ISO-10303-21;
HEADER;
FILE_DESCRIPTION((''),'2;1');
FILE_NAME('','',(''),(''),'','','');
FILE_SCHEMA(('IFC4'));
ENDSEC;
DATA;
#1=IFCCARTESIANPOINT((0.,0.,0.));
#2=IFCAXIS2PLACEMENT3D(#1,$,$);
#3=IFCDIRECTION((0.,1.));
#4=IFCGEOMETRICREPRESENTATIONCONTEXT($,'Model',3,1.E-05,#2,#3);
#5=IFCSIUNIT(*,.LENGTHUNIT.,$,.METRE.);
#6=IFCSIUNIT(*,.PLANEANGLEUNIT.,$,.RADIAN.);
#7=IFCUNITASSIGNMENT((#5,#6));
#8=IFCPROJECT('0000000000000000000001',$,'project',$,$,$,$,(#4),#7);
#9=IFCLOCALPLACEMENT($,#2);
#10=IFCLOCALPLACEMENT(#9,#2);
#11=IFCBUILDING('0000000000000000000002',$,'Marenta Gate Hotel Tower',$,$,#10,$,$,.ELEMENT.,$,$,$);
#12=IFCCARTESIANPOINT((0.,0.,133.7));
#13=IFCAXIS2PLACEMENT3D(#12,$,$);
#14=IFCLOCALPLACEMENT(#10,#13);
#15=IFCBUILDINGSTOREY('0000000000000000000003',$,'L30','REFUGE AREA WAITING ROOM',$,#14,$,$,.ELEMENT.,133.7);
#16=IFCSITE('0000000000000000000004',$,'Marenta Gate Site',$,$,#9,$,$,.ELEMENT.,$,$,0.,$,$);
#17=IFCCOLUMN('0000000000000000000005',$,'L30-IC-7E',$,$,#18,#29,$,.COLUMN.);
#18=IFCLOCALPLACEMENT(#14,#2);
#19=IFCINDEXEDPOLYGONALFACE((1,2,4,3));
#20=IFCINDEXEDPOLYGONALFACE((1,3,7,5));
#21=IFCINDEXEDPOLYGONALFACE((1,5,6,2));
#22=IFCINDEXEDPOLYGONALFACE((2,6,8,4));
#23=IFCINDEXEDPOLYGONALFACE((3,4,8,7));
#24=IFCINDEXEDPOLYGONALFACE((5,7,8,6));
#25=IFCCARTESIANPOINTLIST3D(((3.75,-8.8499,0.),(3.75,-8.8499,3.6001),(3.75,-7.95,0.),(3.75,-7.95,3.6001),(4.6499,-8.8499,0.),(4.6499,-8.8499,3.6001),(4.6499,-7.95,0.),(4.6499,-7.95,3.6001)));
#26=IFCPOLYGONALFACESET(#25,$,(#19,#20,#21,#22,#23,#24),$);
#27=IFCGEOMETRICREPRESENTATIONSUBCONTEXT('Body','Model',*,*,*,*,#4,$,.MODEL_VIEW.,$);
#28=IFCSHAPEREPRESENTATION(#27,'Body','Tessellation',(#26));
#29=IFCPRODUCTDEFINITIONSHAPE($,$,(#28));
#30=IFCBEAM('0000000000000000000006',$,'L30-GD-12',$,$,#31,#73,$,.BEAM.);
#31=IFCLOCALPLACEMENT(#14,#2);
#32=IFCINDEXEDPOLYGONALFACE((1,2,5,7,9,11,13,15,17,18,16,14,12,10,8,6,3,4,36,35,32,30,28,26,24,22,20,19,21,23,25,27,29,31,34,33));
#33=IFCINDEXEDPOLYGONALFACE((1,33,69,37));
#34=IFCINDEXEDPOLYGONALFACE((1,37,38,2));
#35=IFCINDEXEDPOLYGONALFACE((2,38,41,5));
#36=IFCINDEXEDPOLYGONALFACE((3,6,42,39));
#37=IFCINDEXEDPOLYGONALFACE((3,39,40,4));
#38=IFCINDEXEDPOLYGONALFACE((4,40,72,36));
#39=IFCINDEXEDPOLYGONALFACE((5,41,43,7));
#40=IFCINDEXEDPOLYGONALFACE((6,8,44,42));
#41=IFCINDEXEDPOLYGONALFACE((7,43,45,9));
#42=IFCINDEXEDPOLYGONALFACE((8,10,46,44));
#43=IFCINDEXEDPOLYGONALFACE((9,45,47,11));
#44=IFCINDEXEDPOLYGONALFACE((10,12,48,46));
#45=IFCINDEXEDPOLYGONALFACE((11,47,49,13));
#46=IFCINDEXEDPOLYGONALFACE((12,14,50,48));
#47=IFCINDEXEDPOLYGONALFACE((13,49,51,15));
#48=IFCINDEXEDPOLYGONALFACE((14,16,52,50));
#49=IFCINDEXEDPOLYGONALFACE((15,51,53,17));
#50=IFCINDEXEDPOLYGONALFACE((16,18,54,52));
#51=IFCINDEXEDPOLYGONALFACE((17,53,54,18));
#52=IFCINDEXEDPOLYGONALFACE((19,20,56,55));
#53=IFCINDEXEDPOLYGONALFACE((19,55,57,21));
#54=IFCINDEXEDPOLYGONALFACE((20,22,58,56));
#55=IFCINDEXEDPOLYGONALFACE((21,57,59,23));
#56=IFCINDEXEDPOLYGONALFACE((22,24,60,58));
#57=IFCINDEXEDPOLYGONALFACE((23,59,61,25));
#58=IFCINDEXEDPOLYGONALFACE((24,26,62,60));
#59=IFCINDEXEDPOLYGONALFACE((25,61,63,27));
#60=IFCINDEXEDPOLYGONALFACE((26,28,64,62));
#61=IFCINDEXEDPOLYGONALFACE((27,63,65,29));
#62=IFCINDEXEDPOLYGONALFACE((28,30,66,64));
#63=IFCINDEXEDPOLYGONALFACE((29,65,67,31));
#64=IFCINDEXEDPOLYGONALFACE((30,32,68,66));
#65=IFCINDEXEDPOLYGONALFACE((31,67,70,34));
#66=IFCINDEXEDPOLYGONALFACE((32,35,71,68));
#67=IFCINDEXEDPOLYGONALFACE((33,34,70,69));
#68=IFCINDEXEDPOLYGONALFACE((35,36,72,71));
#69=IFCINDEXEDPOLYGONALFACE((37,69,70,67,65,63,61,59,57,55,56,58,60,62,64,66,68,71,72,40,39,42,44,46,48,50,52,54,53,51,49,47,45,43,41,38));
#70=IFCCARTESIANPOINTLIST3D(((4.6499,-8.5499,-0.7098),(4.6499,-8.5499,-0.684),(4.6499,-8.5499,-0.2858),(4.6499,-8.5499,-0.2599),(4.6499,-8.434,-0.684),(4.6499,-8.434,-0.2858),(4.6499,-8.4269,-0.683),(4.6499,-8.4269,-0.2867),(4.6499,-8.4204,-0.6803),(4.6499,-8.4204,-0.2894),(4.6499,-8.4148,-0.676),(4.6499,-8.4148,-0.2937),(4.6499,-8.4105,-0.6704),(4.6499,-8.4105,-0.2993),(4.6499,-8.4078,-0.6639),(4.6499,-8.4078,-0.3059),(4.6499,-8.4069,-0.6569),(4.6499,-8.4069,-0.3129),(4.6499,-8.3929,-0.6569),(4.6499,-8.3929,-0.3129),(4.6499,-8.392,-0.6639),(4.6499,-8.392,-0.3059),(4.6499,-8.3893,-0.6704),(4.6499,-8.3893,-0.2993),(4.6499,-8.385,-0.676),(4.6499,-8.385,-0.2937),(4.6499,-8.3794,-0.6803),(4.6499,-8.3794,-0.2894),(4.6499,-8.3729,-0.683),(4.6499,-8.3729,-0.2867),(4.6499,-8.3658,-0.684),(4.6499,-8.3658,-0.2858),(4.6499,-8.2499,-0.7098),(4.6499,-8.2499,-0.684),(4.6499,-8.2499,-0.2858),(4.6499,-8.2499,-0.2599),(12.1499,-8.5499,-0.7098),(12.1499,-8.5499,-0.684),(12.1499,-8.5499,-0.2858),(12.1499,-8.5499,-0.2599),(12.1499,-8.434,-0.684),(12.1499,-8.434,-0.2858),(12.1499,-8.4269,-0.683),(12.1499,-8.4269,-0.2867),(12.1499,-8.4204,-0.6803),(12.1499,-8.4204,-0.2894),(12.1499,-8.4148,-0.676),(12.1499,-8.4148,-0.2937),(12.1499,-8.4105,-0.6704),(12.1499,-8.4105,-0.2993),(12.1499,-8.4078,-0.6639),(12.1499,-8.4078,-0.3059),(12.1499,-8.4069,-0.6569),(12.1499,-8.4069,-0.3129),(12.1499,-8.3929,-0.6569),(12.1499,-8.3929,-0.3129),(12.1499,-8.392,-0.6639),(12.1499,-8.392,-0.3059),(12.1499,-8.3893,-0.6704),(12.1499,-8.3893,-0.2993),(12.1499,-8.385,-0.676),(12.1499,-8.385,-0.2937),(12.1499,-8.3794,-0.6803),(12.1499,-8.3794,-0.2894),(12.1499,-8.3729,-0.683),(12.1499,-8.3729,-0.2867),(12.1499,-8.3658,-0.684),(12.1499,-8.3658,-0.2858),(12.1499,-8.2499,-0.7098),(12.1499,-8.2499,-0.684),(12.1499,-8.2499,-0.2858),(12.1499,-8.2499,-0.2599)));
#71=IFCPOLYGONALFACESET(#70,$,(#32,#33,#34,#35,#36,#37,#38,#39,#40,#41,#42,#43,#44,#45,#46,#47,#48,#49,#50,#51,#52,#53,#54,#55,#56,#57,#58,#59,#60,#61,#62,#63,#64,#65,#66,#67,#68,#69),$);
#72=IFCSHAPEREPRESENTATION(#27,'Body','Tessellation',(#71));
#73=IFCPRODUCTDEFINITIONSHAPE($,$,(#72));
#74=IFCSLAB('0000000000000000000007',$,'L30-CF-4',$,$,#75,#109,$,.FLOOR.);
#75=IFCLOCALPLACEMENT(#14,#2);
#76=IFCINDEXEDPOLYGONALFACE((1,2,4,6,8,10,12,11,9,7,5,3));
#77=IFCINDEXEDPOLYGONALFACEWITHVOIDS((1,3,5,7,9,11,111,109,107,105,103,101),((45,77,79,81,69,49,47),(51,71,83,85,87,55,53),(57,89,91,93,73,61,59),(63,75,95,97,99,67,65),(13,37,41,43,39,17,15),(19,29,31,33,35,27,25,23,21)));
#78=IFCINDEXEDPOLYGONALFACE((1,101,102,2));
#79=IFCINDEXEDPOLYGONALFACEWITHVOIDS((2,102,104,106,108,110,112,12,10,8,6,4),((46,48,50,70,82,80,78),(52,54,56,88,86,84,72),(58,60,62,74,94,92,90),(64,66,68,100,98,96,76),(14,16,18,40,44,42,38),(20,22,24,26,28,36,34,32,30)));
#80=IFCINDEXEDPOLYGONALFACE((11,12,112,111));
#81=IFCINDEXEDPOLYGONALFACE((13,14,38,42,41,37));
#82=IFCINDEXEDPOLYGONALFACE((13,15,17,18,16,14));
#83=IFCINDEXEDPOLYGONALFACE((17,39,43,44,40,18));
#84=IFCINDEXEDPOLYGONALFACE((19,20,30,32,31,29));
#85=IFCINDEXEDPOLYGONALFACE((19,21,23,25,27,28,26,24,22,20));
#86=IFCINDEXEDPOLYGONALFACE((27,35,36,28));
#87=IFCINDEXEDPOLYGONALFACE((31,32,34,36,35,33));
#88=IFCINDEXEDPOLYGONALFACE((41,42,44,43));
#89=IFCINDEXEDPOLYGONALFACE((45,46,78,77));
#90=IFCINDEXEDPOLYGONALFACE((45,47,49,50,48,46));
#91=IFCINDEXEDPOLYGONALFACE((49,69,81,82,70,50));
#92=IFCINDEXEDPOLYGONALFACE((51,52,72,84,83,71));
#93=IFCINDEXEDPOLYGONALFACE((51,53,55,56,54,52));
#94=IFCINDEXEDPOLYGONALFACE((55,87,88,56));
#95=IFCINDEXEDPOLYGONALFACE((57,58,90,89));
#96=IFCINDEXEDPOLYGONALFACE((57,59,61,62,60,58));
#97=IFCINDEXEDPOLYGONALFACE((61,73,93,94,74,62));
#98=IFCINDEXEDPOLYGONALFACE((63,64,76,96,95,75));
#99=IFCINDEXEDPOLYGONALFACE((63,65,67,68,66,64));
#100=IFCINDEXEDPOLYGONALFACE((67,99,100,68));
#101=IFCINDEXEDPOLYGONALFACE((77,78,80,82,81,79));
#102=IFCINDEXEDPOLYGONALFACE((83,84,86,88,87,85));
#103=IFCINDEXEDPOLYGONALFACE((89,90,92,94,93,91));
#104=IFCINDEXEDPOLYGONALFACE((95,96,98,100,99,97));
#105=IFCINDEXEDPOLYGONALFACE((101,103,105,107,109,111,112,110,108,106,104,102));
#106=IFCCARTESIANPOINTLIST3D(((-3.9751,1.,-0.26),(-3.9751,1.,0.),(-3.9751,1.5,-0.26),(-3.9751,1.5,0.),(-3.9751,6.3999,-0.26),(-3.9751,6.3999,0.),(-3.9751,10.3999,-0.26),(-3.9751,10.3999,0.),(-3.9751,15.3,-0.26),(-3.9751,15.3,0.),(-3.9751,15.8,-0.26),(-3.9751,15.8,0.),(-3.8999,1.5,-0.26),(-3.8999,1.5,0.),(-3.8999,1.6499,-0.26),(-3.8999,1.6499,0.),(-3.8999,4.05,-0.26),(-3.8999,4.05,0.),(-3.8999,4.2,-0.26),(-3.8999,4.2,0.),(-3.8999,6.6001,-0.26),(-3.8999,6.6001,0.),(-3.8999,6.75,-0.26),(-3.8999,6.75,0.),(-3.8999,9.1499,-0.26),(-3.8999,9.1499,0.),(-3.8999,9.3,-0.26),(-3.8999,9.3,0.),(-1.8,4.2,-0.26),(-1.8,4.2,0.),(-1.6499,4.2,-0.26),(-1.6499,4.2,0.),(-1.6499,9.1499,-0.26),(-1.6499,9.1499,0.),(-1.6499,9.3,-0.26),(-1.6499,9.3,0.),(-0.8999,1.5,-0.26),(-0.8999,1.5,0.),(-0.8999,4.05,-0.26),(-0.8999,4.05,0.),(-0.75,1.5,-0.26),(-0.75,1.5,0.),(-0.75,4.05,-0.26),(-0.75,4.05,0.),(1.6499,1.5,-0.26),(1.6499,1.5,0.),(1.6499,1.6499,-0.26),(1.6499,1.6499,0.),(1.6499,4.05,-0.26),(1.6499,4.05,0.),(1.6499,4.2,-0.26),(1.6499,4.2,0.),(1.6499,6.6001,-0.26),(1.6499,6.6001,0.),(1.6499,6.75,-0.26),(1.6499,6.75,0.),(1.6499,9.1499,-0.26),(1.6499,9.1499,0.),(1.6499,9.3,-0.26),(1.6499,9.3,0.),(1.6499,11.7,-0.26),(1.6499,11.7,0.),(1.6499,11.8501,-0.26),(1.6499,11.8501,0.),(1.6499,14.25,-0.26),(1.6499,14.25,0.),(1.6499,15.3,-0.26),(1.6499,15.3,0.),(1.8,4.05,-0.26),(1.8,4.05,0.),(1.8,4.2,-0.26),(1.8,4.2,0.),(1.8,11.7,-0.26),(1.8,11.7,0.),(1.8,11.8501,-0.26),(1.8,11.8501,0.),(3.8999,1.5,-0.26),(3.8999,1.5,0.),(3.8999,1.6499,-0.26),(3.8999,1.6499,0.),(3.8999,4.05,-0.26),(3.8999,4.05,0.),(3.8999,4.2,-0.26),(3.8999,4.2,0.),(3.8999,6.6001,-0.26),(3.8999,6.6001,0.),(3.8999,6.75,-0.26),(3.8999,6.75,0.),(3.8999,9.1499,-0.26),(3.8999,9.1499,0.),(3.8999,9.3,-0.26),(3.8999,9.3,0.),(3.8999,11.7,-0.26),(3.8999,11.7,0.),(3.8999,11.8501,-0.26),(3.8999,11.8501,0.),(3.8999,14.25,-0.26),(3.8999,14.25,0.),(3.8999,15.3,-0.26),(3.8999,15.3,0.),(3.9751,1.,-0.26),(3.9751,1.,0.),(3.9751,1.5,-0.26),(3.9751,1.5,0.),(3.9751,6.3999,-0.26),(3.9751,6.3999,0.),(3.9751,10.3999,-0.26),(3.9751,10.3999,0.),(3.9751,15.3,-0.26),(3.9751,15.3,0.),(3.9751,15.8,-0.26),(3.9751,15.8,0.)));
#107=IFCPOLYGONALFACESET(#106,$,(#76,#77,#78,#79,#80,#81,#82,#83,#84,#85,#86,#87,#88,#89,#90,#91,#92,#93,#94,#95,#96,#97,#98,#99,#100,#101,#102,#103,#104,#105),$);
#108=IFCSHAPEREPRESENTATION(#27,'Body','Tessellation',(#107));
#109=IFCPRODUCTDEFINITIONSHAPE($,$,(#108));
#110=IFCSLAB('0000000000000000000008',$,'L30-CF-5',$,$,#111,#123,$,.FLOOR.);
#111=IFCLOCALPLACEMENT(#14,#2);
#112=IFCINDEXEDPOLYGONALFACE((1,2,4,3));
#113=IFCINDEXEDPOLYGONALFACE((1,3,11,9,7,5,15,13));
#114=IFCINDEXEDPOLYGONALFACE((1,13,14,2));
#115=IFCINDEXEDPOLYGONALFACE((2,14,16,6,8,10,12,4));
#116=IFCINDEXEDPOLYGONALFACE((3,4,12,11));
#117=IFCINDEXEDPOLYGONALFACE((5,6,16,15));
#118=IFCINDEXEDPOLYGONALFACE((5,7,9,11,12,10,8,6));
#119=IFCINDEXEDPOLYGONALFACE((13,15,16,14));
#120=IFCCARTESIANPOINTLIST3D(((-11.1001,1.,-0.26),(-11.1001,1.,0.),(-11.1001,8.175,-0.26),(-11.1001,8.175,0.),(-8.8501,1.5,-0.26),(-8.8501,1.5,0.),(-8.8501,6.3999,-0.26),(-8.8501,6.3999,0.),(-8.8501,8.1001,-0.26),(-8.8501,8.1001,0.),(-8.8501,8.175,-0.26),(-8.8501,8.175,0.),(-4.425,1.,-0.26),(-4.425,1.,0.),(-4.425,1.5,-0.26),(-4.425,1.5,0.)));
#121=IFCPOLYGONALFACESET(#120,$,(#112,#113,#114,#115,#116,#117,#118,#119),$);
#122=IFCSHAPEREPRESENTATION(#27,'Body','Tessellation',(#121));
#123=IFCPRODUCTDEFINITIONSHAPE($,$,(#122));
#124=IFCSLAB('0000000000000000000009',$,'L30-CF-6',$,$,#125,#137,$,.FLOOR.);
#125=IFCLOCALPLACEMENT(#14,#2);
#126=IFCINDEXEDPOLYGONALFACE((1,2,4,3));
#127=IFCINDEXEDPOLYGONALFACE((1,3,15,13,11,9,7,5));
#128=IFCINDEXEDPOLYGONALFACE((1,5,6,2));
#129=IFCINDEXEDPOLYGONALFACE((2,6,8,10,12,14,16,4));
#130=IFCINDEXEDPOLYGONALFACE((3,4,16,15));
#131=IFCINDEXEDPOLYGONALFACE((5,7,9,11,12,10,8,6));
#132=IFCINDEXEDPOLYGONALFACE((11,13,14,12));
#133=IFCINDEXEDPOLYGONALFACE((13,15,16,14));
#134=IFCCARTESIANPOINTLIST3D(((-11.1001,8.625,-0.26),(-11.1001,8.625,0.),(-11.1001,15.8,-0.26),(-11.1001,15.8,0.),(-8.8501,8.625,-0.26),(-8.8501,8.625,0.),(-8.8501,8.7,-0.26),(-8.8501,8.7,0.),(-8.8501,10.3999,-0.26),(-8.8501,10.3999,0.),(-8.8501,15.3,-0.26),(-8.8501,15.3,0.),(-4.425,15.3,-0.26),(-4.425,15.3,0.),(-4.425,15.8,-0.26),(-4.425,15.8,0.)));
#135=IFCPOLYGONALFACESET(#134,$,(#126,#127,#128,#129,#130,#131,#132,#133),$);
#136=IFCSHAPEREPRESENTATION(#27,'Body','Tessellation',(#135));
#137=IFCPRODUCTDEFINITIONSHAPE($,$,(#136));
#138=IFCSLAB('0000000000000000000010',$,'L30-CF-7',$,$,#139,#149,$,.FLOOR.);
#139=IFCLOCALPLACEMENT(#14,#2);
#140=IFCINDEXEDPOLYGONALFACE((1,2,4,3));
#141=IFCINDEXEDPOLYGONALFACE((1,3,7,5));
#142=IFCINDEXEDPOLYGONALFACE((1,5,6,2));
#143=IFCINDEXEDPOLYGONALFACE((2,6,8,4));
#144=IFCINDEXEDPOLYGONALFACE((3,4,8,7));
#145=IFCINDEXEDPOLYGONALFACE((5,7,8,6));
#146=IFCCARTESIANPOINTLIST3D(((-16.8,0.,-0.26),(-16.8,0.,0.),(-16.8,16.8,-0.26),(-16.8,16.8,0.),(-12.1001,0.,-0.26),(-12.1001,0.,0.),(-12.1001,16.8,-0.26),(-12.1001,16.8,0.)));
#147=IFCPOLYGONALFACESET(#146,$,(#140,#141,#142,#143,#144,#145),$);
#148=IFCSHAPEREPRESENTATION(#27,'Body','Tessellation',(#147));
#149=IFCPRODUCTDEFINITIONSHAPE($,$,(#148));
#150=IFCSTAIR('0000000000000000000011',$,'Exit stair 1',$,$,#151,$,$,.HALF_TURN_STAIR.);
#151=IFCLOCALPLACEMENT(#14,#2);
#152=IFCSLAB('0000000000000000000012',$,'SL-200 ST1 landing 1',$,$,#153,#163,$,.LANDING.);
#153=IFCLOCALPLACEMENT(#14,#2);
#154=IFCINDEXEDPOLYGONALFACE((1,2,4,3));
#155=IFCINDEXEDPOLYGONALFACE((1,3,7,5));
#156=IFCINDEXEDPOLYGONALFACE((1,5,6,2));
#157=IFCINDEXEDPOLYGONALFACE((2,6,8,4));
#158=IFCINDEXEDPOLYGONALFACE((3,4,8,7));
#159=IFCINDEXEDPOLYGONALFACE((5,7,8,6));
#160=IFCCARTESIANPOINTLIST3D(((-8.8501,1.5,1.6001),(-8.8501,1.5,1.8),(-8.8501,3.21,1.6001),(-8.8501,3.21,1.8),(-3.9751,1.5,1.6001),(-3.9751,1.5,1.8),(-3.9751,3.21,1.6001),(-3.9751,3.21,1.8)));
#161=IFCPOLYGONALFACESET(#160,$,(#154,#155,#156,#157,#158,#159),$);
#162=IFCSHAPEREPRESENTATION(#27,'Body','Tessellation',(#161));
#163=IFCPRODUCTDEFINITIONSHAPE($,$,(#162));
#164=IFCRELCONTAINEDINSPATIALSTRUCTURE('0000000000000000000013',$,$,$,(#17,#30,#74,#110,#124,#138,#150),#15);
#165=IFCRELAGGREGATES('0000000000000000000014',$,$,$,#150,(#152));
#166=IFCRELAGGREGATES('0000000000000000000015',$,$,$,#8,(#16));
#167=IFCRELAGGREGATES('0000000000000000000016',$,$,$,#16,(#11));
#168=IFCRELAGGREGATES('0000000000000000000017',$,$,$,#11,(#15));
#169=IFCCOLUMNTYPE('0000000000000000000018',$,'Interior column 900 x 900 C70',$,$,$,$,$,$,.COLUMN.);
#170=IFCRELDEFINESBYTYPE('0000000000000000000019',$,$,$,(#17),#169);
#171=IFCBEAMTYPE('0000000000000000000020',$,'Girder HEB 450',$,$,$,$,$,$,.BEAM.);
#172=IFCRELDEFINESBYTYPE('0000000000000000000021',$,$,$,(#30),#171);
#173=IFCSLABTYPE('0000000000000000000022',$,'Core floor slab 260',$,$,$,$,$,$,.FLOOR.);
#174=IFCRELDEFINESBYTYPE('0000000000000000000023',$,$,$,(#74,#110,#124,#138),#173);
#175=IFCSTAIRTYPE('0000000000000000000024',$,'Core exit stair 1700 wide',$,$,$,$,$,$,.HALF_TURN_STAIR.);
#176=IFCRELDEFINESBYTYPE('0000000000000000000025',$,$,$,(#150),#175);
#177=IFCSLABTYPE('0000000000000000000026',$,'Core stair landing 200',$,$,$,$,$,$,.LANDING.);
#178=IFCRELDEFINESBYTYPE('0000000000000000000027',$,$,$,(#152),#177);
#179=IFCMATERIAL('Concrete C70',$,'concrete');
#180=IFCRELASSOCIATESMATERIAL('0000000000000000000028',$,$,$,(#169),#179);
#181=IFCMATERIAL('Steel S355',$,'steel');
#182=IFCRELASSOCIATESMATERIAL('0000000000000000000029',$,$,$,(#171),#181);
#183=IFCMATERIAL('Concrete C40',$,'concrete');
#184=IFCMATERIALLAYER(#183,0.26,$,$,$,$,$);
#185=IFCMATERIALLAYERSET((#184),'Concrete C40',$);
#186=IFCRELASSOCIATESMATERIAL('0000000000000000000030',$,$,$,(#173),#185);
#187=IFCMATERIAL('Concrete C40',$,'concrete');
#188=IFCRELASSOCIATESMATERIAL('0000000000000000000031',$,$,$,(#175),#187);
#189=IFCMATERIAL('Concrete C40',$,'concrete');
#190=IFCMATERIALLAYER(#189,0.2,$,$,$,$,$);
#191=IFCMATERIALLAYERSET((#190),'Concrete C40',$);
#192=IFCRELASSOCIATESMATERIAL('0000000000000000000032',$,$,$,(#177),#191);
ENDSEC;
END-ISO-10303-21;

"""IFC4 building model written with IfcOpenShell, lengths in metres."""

from ifc_helpers import new_model, si_unit, direction, frame, origin, origin_2d, place, context, subcontext, project, spatial, polyline, rectangle, i_section, outline, extrude, material, layer, layer_set, material_profile, profile_set, type_object, element, aggregate, save


model = new_model("IFC4")

# Units and contexts
model_context = context("Model", 3, precision=1e-05, world=origin(), true_north=direction((0.0, 1.0)))
body_context = subcontext(model_context, "Body", "Model", "MODEL_VIEW")
ifc_project = project(units=[si_unit("LENGTHUNIT", "METRE"), si_unit("PLANEANGLEUNIT", "RADIAN")], contexts=[model_context])

# Site, building, storey
site_placement = place(None, origin())
site = spatial("IfcSite", under=ifc_project, at=site_placement, Name="Marenta Gate Site", CompositionType="ELEMENT", RefElevation=0.0)
building_placement = place(site_placement, origin())
building = spatial("IfcBuilding", under=site, at=building_placement, Name="Marenta Gate Hotel Tower", CompositionType="ELEMENT")
storey_placement = place(building_placement, frame((0.0, 0.0, 133.7)))
storey = spatial("IfcBuildingStorey", under=building, at=storey_placement, Name="L30", Description="REFUGE AREA WAITING ROOM", CompositionType="ELEMENT", Elevation=133.7)

# Column
ifc_material_1 = material(Name="Concrete C70", Category="concrete")
ifc_material_profile_1 = material_profile(ifc_material_1, rectangle(XDim=0.8999, YDim=0.8999, at=origin_2d()), Name="900 x 900")
ifc_profile_set_1 = profile_set([ifc_material_profile_1], Name="Concrete C70")
column_type = type_object("IfcColumnType", Name="Interior column 900 x 900 C70", PredefinedType="COLUMN", material=ifc_profile_set_1)
column_placement = place(storey_placement, frame((4.2, -8.3999, 0.0), z_axis=(0.0, 0.0, 1.0), x_axis=(1.0, 0.0, 0.0)))
element("IfcColumn", 1, at=column_placement, inside=storey, type_object=column_type, Name="L30-IC-7E", PredefinedType="COLUMN", context=body_context, shape_type="SweptSolid", body=[
    extrude(rectangle(XDim=0.8999, YDim=0.8999, at=origin_2d()), origin(), (0.0, 0.0, 1.0), 3.6001),
])

# Beam
ifc_material_2 = material(Name="Steel S355", Category="steel")
ifc_material_profile_2 = material_profile(ifc_material_2, i_section(OverallWidth=0.3, OverallDepth=0.45, WebThickness=0.0139, FlangeThickness=0.0259, FilletRadius=0.0271, at=origin_2d()), Name="HEB 450")
ifc_profile_set_2 = profile_set([ifc_material_profile_2], Name="Steel S355")
beam_type = type_object("IfcBeamType", Name="Girder HEB 450", PredefinedType="BEAM", material=ifc_profile_set_2)
beam_placement = place(storey_placement, frame((4.6499, -8.3999, -0.4849), z_axis=(1.0, 0.0, 0.0), x_axis=(0.0, 1.0, 0.0)))
element("IfcBeam", 2, at=beam_placement, inside=storey, type_object=beam_type, Name="L30-GD-12", PredefinedType="BEAM", context=body_context, shape_type="SweptSolid", body=[
    extrude(i_section(OverallWidth=0.3, OverallDepth=0.45, WebThickness=0.0139, FlangeThickness=0.0259, FilletRadius=0.0271, at=origin_2d()), origin(), (0.0, 0.0, 1.0), 7.5),
])

# Slabs
ifc_material_3 = material(Name="Concrete C40", Category="concrete")
ifc_layer_1 = layer(ifc_material_3, 0.26)
ifc_layer_set_1 = layer_set([ifc_layer_1], Name="Concrete C40")
slab_type_1 = type_object("IfcSlabType", Name="Core floor slab 260", PredefinedType="FLOOR", material=ifc_layer_set_1)
slab_1_placement = place(storey_placement, frame((0.0, 0.0, -0.26)))
element("IfcSlab", 3, at=slab_1_placement, inside=storey, type_object=slab_type_1, Name="L30-CF-4", PredefinedType="FLOOR", context=body_context, shape_type="SweptSolid", body=[
    extrude(outline(polyline([(3.9751, 15.3), (3.9751, 10.3999), (3.9751, 6.3999), (3.9751, 1.5), (3.9751, 1.0), (-3.9751, 1.0), (-3.9751, 1.5), (-3.9751, 6.3999), (-3.9751, 10.3999), (-3.9751, 15.3), (-3.9751, 15.8), (3.9751, 15.8), (3.9751, 15.3)]), holes=[polyline([(1.6499, 1.5), (3.8999, 1.5), (3.8999, 1.6499), (3.8999, 4.05), (1.8, 4.05), (1.6499, 4.05), (1.6499, 1.6499), (1.6499, 1.5)]), polyline([(1.6499, 6.6001), (1.6499, 4.2), (1.8, 4.2), (3.8999, 4.2), (3.8999, 6.6001), (3.8999, 6.75), (1.6499, 6.75), (1.6499, 6.6001)]), polyline([(1.6499, 9.1499), (3.8999, 9.1499), (3.8999, 9.3), (3.8999, 11.7), (1.8, 11.7), (1.6499, 11.7), (1.6499, 9.3), (1.6499, 9.1499)]), polyline([(1.6499, 15.3), (1.6499, 14.25), (1.6499, 11.8501), (1.8, 11.8501), (3.8999, 11.8501), (3.8999, 14.25), (3.8999, 15.3), (1.6499, 15.3)]), polyline([(-3.8999, 4.05), (-3.8999, 1.6499), (-3.8999, 1.5), (-0.8999, 1.5), (-0.75, 1.5), (-0.75, 4.05), (-0.8999, 4.05), (-3.8999, 4.05)]), polyline([(-1.8, 4.2), (-1.6499, 4.2), (-1.6499, 9.1499), (-1.6499, 9.3), (-3.8999, 9.3), (-3.8999, 9.1499), (-3.8999, 6.75), (-3.8999, 6.6001), (-3.8999, 4.2), (-1.8, 4.2)])]), origin(), (0.0, 0.0, 1.0), 0.26),
])
slab_2_placement = place(storey_placement, frame((0.0, 0.0, -0.26)))
element("IfcSlab", 4, at=slab_2_placement, inside=storey, type_object=slab_type_1, Name="L30-CF-5", PredefinedType="FLOOR", context=body_context, shape_type="SweptSolid", body=[
    extrude(outline(polyline([(-8.8501, 8.175), (-8.8501, 8.1001), (-8.8501, 6.3999), (-8.8501, 1.5), (-4.425, 1.5), (-4.425, 1.0), (-11.1001, 1.0), (-11.1001, 8.175), (-8.8501, 8.175)])), origin(), (0.0, 0.0, 1.0), 0.26),
])
slab_3_placement = place(storey_placement, frame((0.0, 0.0, -0.26)))
element("IfcSlab", 5, at=slab_3_placement, inside=storey, type_object=slab_type_1, Name="L30-CF-6", PredefinedType="FLOOR", context=body_context, shape_type="SweptSolid", body=[
    extrude(outline(polyline([(-4.425, 15.3), (-8.8501, 15.3), (-8.8501, 10.3999), (-8.8501, 8.7), (-8.8501, 8.625), (-11.1001, 8.625), (-11.1001, 15.8), (-4.425, 15.8), (-4.425, 15.3)])), origin(), (0.0, 0.0, 1.0), 0.26),
])
slab_4_placement = place(storey_placement, frame((0.0, 0.0, -0.26)))
element("IfcSlab", 6, at=slab_4_placement, inside=storey, type_object=slab_type_1, Name="L30-CF-7", PredefinedType="FLOOR", context=body_context, shape_type="SweptSolid", body=[
    extrude(outline(polyline([(-12.1001, 16.8), (-12.1001, 0.0), (-16.8, 0.0), (-16.8, 16.8), (-12.1001, 16.8)])), origin(), (0.0, 0.0, 1.0), 0.26),
])

# Stair, slab
ifc_material_4 = material(Name="Concrete C40", Category="concrete")
stair_type_1 = type_object("IfcStairType", Name="Core exit stair 1700 wide", PredefinedType="HALF_TURN_STAIR", material=ifc_material_4)
stair_1_placement = place(storey_placement, origin())
stair_1 = element("IfcStair", 7, at=stair_1_placement, inside=storey, type_object=stair_type_1, Name="Exit stair 1", PredefinedType="HALF_TURN_STAIR")
ifc_material_5 = material(Name="Concrete C40", Category="concrete")
ifc_layer_2 = layer(ifc_material_5, 0.2)
ifc_layer_set_2 = layer_set([ifc_layer_2], Name="Concrete C40")
slab_type_2 = type_object("IfcSlabType", Name="Core stair landing 200", PredefinedType="LANDING", material=ifc_layer_set_2)
slab_5_placement = place(storey_placement, frame((0.0, 0.0, 1.6001)))
slab_5 = element("IfcSlab", 8, at=slab_5_placement, type_object=slab_type_2, Name="SL-200 ST1 landing 1", PredefinedType="LANDING", context=body_context, shape_type="SweptSolid", body=[
    extrude(outline(polyline([(-8.8501, 1.5), (-3.9751, 1.5), (-3.9751, 3.21), (-8.8501, 3.21), (-8.8501, 1.5)])), origin(), (0.0, 0.0, 1.0), 0.2),
])
aggregate(stair_1, [slab_5])

save(model, "model.ifc")
